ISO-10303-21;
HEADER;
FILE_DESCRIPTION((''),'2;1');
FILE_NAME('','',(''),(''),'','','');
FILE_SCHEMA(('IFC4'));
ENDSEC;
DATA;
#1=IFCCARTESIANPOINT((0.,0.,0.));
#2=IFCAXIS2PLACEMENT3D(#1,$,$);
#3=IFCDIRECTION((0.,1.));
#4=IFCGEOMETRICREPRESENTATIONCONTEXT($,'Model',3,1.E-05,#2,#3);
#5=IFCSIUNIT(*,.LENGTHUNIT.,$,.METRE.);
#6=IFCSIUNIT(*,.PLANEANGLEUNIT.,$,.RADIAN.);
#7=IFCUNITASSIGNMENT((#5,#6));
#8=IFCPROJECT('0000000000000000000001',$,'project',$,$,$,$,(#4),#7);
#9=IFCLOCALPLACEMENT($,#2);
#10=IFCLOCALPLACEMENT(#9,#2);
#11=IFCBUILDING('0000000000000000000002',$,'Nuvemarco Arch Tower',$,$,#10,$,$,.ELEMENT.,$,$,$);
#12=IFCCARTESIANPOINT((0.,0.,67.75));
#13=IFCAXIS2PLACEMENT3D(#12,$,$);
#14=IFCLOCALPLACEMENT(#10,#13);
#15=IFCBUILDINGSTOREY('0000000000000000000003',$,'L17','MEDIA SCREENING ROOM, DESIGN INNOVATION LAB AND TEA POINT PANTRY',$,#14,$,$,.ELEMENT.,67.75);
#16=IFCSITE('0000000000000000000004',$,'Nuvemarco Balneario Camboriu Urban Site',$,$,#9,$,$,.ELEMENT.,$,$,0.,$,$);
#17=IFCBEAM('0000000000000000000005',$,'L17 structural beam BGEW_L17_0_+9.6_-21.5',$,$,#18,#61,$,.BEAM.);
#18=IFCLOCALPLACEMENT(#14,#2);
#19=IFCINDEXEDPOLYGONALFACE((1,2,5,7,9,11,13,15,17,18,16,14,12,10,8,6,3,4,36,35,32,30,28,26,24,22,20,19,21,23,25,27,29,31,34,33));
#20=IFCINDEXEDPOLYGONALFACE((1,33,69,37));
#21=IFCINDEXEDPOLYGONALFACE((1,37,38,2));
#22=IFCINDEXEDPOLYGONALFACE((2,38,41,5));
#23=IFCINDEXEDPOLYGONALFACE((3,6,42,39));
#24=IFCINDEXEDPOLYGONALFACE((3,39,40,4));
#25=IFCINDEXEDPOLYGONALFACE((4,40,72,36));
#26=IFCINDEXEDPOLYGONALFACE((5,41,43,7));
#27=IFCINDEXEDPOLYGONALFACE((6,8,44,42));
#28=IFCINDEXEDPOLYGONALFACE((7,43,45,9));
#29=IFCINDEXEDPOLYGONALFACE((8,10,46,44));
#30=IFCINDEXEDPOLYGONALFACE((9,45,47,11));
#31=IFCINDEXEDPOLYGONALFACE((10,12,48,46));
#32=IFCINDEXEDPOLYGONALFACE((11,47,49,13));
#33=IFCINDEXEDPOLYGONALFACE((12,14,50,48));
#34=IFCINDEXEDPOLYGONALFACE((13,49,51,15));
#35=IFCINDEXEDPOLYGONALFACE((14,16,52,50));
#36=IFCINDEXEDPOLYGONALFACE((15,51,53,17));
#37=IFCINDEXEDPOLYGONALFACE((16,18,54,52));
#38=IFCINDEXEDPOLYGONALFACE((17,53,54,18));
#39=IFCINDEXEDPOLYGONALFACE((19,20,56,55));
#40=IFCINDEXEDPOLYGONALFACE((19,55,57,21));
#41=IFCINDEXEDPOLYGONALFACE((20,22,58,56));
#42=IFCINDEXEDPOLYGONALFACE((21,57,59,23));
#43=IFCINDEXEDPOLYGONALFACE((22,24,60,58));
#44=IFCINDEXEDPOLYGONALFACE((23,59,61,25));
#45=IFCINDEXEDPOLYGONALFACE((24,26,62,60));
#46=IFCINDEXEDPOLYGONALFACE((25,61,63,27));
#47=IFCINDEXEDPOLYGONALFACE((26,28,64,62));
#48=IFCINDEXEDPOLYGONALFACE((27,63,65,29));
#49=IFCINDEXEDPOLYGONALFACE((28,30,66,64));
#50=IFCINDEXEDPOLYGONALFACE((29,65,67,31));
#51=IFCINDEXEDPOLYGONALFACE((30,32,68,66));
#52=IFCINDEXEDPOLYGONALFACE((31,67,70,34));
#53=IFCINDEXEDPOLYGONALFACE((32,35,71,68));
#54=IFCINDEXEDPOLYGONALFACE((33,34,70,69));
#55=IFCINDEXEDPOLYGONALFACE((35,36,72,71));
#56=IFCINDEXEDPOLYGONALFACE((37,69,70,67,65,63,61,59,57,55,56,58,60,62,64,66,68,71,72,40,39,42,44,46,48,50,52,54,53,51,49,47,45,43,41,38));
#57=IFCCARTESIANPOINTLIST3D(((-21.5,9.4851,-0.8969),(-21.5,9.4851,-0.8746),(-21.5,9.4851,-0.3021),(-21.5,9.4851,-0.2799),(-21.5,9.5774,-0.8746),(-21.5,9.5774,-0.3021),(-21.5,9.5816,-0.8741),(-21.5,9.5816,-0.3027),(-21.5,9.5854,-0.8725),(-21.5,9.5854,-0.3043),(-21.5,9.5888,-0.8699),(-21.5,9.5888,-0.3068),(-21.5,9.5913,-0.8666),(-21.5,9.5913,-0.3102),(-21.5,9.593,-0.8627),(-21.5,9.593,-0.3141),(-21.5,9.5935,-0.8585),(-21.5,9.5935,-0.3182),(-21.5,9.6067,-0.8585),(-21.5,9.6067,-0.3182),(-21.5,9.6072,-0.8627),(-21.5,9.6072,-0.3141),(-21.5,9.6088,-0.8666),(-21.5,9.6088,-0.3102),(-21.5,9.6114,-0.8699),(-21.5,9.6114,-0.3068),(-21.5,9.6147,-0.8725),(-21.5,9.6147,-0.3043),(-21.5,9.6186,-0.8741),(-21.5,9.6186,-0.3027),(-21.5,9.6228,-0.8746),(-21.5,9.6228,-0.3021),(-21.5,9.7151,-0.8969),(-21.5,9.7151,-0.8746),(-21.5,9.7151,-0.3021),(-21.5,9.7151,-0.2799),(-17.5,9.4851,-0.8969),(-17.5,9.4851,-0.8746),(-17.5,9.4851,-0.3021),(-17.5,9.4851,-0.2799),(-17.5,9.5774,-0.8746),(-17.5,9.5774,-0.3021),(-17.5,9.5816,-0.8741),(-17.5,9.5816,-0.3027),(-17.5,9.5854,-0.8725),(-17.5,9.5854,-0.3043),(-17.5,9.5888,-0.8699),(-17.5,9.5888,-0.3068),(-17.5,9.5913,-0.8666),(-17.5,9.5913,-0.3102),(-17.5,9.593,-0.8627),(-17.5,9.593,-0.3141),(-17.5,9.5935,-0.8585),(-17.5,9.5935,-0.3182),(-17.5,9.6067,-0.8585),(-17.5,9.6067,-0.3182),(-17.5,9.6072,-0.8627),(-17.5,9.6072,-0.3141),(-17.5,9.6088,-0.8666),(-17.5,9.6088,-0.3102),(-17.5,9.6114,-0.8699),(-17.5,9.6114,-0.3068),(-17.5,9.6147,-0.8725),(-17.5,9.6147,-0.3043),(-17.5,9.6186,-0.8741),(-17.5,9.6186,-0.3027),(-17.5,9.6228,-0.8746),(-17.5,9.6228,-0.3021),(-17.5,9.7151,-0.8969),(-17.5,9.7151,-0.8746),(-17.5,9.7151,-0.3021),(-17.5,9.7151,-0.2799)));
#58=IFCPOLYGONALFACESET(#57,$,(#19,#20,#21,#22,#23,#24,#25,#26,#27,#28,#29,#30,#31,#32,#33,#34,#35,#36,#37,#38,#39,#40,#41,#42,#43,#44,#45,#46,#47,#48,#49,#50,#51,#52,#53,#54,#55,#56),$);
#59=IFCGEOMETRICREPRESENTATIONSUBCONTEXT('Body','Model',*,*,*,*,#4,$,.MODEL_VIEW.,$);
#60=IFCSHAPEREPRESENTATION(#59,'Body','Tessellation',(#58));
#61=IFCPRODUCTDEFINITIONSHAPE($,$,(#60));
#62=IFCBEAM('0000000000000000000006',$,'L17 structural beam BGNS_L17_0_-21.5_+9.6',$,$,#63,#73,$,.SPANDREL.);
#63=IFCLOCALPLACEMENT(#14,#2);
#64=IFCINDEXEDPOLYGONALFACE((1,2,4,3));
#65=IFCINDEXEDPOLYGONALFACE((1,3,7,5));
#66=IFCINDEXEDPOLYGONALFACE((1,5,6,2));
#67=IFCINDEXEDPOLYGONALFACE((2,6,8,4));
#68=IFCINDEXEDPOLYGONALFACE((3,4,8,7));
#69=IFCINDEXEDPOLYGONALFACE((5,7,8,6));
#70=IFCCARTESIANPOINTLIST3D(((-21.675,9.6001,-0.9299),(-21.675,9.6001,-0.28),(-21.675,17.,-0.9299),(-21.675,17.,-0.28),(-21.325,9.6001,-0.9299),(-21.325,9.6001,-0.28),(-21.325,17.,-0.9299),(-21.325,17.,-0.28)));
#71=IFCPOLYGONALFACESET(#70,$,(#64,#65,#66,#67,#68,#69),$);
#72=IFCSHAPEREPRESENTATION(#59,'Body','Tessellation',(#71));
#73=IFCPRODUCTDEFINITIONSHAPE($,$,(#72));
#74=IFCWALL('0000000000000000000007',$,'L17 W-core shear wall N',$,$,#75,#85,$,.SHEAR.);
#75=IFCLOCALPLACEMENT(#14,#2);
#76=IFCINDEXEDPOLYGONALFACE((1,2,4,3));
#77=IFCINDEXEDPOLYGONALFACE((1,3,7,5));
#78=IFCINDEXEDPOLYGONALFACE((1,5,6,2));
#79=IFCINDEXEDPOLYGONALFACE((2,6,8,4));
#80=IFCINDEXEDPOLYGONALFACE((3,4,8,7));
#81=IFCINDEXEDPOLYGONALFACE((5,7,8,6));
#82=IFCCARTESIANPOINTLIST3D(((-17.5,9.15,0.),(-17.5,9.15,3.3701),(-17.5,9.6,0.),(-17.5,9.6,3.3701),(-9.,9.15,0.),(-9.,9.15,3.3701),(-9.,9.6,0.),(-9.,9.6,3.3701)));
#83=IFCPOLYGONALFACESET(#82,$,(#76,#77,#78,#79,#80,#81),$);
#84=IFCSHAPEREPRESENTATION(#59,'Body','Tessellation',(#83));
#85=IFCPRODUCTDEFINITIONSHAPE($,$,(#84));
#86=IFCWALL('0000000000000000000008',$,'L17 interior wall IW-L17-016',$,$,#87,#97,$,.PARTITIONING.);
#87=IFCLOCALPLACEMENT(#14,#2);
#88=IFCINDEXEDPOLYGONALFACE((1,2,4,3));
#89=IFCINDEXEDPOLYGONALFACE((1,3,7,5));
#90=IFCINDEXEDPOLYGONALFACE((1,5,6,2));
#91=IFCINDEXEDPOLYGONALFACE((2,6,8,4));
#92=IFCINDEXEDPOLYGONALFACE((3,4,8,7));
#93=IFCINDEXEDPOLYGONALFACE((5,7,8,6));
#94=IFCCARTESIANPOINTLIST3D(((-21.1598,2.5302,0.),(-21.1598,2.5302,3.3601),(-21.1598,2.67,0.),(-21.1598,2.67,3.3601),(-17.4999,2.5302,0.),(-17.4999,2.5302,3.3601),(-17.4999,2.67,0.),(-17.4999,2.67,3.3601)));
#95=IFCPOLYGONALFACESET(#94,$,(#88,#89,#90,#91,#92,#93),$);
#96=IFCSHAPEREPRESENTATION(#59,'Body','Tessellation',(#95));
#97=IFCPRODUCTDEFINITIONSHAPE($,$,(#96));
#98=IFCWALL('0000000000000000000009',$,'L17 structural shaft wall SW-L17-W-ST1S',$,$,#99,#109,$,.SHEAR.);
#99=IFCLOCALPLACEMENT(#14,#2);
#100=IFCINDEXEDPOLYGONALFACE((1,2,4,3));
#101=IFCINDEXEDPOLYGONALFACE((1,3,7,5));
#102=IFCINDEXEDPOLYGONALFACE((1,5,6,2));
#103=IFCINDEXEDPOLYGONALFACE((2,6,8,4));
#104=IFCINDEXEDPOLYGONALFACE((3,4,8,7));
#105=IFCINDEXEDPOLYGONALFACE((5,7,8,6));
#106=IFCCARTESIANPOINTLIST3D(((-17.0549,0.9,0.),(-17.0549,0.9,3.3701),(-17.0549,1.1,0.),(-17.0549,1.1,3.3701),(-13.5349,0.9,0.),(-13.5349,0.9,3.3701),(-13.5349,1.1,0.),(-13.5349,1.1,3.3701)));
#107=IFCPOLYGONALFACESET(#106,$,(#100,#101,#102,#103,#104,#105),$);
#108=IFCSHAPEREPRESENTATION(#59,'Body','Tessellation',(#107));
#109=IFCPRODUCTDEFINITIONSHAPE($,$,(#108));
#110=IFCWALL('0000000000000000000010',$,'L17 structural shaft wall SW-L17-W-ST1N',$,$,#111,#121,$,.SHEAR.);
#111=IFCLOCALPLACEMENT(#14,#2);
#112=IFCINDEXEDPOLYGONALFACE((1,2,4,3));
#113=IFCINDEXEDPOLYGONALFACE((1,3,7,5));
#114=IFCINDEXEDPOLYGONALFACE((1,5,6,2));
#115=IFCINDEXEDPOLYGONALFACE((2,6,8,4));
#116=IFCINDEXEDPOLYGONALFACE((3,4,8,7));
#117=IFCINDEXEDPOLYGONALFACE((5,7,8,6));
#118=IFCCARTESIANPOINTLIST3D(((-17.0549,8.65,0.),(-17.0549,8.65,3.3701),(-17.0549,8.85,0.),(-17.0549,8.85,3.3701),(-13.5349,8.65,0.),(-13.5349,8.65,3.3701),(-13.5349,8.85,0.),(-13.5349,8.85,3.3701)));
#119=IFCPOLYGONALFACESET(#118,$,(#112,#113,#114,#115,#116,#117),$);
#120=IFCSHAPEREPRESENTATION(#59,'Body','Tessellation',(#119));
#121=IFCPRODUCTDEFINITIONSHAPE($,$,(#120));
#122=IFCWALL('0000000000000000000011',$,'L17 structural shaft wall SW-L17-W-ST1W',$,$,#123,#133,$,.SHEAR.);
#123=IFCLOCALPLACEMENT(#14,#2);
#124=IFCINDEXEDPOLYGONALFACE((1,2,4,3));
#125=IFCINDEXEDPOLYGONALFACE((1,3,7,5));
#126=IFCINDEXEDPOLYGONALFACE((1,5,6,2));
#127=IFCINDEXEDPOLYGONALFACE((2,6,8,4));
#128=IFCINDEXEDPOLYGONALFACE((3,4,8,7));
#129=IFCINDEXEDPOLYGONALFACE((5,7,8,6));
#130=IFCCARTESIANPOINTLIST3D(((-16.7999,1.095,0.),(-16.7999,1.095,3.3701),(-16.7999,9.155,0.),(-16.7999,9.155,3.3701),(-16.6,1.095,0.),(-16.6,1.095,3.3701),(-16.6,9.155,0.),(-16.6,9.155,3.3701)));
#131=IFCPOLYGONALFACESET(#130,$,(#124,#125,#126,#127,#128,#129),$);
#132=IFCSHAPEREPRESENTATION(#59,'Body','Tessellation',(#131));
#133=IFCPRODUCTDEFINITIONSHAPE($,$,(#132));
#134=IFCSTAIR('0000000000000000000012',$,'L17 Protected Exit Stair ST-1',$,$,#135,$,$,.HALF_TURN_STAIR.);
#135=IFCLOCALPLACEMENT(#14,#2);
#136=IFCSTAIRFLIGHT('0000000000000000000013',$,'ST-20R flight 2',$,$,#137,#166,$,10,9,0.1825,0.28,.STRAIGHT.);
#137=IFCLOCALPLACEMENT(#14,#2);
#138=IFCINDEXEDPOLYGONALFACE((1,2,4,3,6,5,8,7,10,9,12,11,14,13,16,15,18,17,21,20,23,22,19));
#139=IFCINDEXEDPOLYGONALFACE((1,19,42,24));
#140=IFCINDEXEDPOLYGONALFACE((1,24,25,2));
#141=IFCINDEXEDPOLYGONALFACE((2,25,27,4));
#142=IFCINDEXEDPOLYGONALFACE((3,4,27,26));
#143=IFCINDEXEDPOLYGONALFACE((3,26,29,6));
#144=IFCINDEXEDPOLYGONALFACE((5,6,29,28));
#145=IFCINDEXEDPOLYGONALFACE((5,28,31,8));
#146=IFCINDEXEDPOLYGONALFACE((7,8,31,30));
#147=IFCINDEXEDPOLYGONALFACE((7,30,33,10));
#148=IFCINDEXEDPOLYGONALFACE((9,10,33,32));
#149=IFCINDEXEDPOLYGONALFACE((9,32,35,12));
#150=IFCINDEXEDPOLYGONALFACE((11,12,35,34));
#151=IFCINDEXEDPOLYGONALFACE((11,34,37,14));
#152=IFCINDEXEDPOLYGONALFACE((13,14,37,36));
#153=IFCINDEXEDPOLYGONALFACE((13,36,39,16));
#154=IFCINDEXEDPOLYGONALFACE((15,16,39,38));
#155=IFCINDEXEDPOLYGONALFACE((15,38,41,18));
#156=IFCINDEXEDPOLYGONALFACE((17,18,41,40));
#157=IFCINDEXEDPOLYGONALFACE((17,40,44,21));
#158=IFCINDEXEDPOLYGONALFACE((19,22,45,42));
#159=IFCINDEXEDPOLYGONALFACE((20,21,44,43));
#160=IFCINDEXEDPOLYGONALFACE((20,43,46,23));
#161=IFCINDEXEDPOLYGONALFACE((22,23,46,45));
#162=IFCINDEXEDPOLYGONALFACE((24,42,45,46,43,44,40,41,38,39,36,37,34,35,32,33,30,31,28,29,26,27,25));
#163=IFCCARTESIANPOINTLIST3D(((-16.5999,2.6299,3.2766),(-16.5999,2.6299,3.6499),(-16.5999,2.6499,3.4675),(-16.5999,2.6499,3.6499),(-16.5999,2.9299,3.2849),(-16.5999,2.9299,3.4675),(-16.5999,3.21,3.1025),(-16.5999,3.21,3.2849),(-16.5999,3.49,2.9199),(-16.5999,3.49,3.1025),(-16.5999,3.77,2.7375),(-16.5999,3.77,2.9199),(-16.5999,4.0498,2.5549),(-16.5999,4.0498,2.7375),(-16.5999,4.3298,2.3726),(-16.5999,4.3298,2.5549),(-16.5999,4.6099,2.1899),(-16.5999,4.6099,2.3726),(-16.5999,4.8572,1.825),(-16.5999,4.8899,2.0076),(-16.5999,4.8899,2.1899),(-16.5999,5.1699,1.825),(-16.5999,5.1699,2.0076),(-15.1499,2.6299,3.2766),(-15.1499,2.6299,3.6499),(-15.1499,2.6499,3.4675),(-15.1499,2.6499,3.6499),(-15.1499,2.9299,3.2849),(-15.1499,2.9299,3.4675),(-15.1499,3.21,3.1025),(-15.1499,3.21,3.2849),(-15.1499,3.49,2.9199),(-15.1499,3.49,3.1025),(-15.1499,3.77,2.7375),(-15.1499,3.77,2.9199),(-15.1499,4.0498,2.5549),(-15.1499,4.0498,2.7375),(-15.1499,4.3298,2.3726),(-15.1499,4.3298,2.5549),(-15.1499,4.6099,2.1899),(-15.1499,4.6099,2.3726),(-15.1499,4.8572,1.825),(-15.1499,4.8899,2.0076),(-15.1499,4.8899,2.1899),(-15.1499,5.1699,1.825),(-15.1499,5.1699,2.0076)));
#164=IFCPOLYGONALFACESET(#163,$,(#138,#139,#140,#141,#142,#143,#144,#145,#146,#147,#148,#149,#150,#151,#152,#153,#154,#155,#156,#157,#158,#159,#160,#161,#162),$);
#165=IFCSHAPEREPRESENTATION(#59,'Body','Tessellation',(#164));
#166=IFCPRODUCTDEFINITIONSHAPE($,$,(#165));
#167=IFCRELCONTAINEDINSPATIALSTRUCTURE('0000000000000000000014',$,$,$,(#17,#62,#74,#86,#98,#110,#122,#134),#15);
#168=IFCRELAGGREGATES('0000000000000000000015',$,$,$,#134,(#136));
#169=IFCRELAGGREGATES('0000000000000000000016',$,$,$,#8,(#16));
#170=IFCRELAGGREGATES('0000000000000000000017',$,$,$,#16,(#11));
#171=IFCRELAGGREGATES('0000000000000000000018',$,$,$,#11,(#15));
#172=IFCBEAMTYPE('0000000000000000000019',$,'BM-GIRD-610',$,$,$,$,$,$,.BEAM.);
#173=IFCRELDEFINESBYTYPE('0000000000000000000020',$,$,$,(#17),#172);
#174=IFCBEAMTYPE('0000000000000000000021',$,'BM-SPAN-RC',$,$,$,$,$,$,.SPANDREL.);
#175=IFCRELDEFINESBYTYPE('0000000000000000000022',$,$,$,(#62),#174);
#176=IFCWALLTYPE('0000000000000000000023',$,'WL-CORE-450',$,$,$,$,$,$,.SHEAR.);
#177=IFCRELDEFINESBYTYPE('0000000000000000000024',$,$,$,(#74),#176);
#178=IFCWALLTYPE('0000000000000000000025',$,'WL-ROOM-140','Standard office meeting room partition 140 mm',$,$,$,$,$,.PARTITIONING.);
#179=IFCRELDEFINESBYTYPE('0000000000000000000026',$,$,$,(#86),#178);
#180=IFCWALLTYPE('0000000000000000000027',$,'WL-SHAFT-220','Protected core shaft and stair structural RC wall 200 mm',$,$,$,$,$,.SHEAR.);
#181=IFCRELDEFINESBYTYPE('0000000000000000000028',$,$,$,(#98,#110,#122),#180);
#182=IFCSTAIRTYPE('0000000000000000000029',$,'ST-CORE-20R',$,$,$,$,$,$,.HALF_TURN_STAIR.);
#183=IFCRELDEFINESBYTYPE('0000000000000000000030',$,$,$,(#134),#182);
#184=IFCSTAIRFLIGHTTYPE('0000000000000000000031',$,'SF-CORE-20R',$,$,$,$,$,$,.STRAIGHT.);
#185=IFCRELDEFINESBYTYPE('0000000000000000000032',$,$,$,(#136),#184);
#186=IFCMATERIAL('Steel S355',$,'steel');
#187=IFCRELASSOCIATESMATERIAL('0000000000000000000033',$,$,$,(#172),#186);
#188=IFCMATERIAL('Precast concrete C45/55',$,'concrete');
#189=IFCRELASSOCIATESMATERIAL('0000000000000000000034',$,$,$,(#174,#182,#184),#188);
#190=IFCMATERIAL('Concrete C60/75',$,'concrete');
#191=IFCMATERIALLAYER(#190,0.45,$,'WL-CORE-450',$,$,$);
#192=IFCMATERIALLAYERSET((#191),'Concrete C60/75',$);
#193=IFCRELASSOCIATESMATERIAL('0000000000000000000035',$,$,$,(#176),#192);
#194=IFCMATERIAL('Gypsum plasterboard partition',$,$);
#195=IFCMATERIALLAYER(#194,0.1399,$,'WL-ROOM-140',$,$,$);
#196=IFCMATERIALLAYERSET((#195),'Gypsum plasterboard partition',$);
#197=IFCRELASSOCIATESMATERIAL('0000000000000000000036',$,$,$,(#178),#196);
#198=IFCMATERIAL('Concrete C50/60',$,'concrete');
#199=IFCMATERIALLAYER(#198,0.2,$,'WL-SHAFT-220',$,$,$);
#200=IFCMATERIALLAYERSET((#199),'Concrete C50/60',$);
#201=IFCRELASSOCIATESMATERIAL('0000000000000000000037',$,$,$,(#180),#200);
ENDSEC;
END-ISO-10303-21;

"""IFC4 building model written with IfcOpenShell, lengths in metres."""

from ifc_helpers import new_model, si_unit, direction, frame, frame_2d, origin, origin_2d, place, context, subcontext, project, spatial, polyline, rectangle, i_section, outline, extrude, material, layer, layer_set, material_profile, profile_set, type_object, element, aggregate, save


model = new_model("IFC4")

# Units and contexts
model_context = context("Model", 3, precision=1e-05, world=origin(), true_north=direction((0.0, 1.0)))
body_context = subcontext(model_context, "Body", "Model", "MODEL_VIEW")
ifc_project = project(units=[si_unit("LENGTHUNIT", "METRE"), si_unit("PLANEANGLEUNIT", "RADIAN")], contexts=[model_context])

# Site, building, storey
site_placement = place(None, origin())
site = spatial("IfcSite", under=ifc_project, at=site_placement, Name="Nuvemarco Balneario Camboriu Urban Site", CompositionType="ELEMENT", RefElevation=0.0)
building_placement = place(site_placement, origin())
building = spatial("IfcBuilding", under=site, at=building_placement, Name="Nuvemarco Arch Tower", CompositionType="ELEMENT")
storey_placement = place(building_placement, frame((0.0, 0.0, 67.75)))
storey = spatial("IfcBuildingStorey", under=building, at=storey_placement, Name="L17", Description="MEDIA SCREENING ROOM, DESIGN INNOVATION LAB AND TEA POINT PANTRY", CompositionType="ELEMENT", Elevation=67.75)

# Shared definitions
ifc_material_1 = material(Name="Concrete C60/75", Category="concrete")

# Beams
ifc_material_2 = material(Name="Steel S355", Category="steel")
ifc_material_profile_1 = material_profile(ifc_material_2, i_section(OverallWidth=0.23, OverallDepth=0.6169, WebThickness=0.0132, FlangeThickness=0.0222, FilletRadius=0.0161, at=origin_2d()), Name="W610x140")
ifc_profile_set_1 = profile_set([ifc_material_profile_1], Name="Steel S355")
beam_type_1 = type_object("IfcBeamType", Name="BM-GIRD-610", PredefinedType="BEAM", material=ifc_profile_set_1)
for number, where, z_axis, x_axis, name in (
    (1, (-21.5, 9.6001, -0.5884), (1.0, 0.0, 0.0), (0.0, 1.0, 0.0), "L17 structural beam BGEW_L17_0_+9.6_-21.5"),
):
    element("IfcBeam", number, at=place(storey_placement, frame(where, z_axis=z_axis, x_axis=x_axis)), inside=storey, type_object=beam_type_1, Name=name, PredefinedType="BEAM", context=body_context, shape_type="SweptSolid", body=[
        extrude(i_section(OverallWidth=0.23, OverallDepth=0.6169, WebThickness=0.0132, FlangeThickness=0.0222, FilletRadius=0.0161, at=origin_2d()), origin(), (0.0, 0.0, 1.0), 4.0),
    ])
ifc_material_3 = material(Name="Precast concrete C45/55", Category="concrete")
ifc_material_profile_2 = material_profile(ifc_material_3, rectangle(XDim=0.3501, YDim=0.6499, at=origin_2d()), Name="PC-SP-350x650")
ifc_profile_set_2 = profile_set([ifc_material_profile_2], Name="Precast concrete C45/55")
beam_type_2 = type_object("IfcBeamType", Name="BM-SPAN-RC", PredefinedType="SPANDREL", material=ifc_profile_set_2)
beam_1_placement = place(storey_placement, frame((-21.5, 9.6001, -0.605), z_axis=(0.0, 1.0, 0.0), x_axis=(-1.0, 0.0, 0.0)))
element("IfcBeam", 2, at=beam_1_placement, inside=storey, type_object=beam_type_2, Name="L17 structural beam BGNS_L17_0_-21.5_+9.6", PredefinedType="SPANDREL", context=body_context, shape_type="SweptSolid", body=[
    extrude(rectangle(XDim=0.3501, YDim=0.6499, at=origin_2d()), origin(), (0.0, 0.0, 1.0), 7.3999),
])

# Walls
ifc_layer_1 = layer(ifc_material_1, 0.45, Name="WL-CORE-450")
ifc_layer_set_1 = layer_set([ifc_layer_1], Name="Concrete C60/75")
wall_type_1 = type_object("IfcWallType", Name="WL-CORE-450", PredefinedType="SHEAR", material=ifc_layer_set_1)
wall_1_placement = place(storey_placement, frame((-17.5, 9.375, 0.0), z_axis=(0.0, 0.0, 1.0), x_axis=(1.0, 0.0, 0.0)))
element("IfcWall", 3, at=wall_1_placement, inside=storey, type_object=wall_type_1, Name="L17 W-core shear wall N", PredefinedType="SHEAR", context=body_context, shape_type="SweptSolid", body=[
    extrude(rectangle(XDim=8.5, YDim=0.45, at=frame_2d((4.25, 0.0))), origin(), (0.0, 0.0, 1.0), 3.3701),
])
ifc_material_4 = material(Name="Gypsum plasterboard partition")
ifc_layer_2 = layer(ifc_material_4, 0.1399, Name="WL-ROOM-140")
ifc_layer_set_2 = layer_set([ifc_layer_2], Name="Gypsum plasterboard partition")
wall_type_2 = type_object("IfcWallType", Name="WL-ROOM-140", Description="Standard office meeting room partition 140 mm", PredefinedType="PARTITIONING", material=ifc_layer_set_2)
wall_2_placement = place(storey_placement, frame((-21.1599, 2.6001, 0.0), z_axis=(0.0, 0.0, 1.0), x_axis=(1.0, 0.0, 0.0)))
element("IfcWall", 4, at=wall_2_placement, inside=storey, type_object=wall_type_2, Name="L17 interior wall IW-L17-016", PredefinedType="PARTITIONING", context=body_context, shape_type="SweptSolid", body=[
    extrude(rectangle(XDim=3.6599, YDim=0.1399, at=frame_2d((1.8301, 0.0))), origin(), (0.0, 0.0, 1.0), 3.3601),
])
ifc_material_5 = material(Name="Concrete C50/60", Category="concrete")
ifc_layer_3 = layer(ifc_material_5, 0.2, Name="WL-SHAFT-220")
ifc_layer_set_3 = layer_set([ifc_layer_3], Name="Concrete C50/60")
wall_type_3 = type_object("IfcWallType", Name="WL-SHAFT-220", Description="Protected core shaft and stair structural RC wall 200 mm", PredefinedType="SHEAR", material=ifc_layer_set_3)
for number, where, z_axis, x_axis, name in (
    (5, (-17.0549, 1.0, 0.0), (0.0, 0.0, 1.0), (1.0, 0.0, 0.0), "L17 structural shaft wall SW-L17-W-ST1S"),
    (6, (-17.0549, 8.75, 0.0), (0.0, 0.0, 1.0), (1.0, 0.0, 0.0), "L17 structural shaft wall SW-L17-W-ST1N"),
):
    element("IfcWall", number, at=place(storey_placement, frame(where, z_axis=z_axis, x_axis=x_axis)), inside=storey, type_object=wall_type_3, Name=name, PredefinedType="SHEAR", context=body_context, shape_type="SweptSolid", body=[
        extrude(rectangle(XDim=3.52, YDim=0.2, at=frame_2d((1.76, 0.0))), origin(), (0.0, 0.0, 1.0), 3.3701),
    ])
wall_3_placement = place(storey_placement, frame((-16.7, 1.095, 0.0), z_axis=(0.0, 0.0, 1.0), x_axis=(0.0, 1.0, 0.0)))
element("IfcWall", 7, at=wall_3_placement, inside=storey, type_object=wall_type_3, Name="L17 structural shaft wall SW-L17-W-ST1W", PredefinedType="SHEAR", context=body_context, shape_type="SweptSolid", body=[
    extrude(rectangle(XDim=8.0601, YDim=0.2, at=frame_2d((4.03, 0.0))), origin(), (0.0, 0.0, 1.0), 3.3701),
])

# Stair, stair flight
stair_type = type_object("IfcStairType", Name="ST-CORE-20R", PredefinedType="HALF_TURN_STAIR", material=ifc_material_3)
stair_placement = place(storey_placement, origin())
stair = element("IfcStair", 8, at=stair_placement, inside=storey, type_object=stair_type, Name="L17 Protected Exit Stair ST-1", PredefinedType="HALF_TURN_STAIR")
stair_flight_type = type_object("IfcStairFlightType", Name="SF-CORE-20R", PredefinedType="STRAIGHT", material=ifc_material_3)
stair_flight_placement = place(storey_placement, frame((-15.875, 5.1699, 1.825), z_axis=(0.0, 0.0, 1.0), x_axis=(0.0, -1.0, 0.0)))
stair_flight = element("IfcStairFlight", 9, at=stair_flight_placement, type_object=stair_flight_type, Name="ST-20R flight 2", NumberOfRisers=10, NumberOfTreads=9, PredefinedType="STRAIGHT", RiserHeight=0.1825, TreadLength=0.28, context=body_context, shape_type="SweptSolid", body=[
    extrude(outline(polyline([(0.0, 0.0), (0.0, 0.1826), (0.28, 0.1826), (0.28, 0.365), (0.5601, 0.365), (0.5601, 0.5476), (0.8401, 0.5476), (0.8401, 0.73), (1.1201, 0.73), (1.1201, 0.9126), (1.3999, 0.9126), (1.3999, 1.095), (1.6799, 1.095), (1.6799, 1.2776), (1.96, 1.2776), (1.96, 1.46), (2.24, 1.46), (2.24, 1.6426), (2.52, 1.6426), (2.52, 1.825), (2.54, 1.825), (2.54, 1.4517), (0.3127, 0.0), (0.0, 0.0)])), frame((0.0, 0.7251, 0.0), z_axis=(0.0, -1.0, 0.0), x_axis=(1.0, 0.0, 0.0)), (0.0, 0.0, 1.0), 1.45),
])
aggregate(stair, [stair_flight])

save(model, "model.ifc")
